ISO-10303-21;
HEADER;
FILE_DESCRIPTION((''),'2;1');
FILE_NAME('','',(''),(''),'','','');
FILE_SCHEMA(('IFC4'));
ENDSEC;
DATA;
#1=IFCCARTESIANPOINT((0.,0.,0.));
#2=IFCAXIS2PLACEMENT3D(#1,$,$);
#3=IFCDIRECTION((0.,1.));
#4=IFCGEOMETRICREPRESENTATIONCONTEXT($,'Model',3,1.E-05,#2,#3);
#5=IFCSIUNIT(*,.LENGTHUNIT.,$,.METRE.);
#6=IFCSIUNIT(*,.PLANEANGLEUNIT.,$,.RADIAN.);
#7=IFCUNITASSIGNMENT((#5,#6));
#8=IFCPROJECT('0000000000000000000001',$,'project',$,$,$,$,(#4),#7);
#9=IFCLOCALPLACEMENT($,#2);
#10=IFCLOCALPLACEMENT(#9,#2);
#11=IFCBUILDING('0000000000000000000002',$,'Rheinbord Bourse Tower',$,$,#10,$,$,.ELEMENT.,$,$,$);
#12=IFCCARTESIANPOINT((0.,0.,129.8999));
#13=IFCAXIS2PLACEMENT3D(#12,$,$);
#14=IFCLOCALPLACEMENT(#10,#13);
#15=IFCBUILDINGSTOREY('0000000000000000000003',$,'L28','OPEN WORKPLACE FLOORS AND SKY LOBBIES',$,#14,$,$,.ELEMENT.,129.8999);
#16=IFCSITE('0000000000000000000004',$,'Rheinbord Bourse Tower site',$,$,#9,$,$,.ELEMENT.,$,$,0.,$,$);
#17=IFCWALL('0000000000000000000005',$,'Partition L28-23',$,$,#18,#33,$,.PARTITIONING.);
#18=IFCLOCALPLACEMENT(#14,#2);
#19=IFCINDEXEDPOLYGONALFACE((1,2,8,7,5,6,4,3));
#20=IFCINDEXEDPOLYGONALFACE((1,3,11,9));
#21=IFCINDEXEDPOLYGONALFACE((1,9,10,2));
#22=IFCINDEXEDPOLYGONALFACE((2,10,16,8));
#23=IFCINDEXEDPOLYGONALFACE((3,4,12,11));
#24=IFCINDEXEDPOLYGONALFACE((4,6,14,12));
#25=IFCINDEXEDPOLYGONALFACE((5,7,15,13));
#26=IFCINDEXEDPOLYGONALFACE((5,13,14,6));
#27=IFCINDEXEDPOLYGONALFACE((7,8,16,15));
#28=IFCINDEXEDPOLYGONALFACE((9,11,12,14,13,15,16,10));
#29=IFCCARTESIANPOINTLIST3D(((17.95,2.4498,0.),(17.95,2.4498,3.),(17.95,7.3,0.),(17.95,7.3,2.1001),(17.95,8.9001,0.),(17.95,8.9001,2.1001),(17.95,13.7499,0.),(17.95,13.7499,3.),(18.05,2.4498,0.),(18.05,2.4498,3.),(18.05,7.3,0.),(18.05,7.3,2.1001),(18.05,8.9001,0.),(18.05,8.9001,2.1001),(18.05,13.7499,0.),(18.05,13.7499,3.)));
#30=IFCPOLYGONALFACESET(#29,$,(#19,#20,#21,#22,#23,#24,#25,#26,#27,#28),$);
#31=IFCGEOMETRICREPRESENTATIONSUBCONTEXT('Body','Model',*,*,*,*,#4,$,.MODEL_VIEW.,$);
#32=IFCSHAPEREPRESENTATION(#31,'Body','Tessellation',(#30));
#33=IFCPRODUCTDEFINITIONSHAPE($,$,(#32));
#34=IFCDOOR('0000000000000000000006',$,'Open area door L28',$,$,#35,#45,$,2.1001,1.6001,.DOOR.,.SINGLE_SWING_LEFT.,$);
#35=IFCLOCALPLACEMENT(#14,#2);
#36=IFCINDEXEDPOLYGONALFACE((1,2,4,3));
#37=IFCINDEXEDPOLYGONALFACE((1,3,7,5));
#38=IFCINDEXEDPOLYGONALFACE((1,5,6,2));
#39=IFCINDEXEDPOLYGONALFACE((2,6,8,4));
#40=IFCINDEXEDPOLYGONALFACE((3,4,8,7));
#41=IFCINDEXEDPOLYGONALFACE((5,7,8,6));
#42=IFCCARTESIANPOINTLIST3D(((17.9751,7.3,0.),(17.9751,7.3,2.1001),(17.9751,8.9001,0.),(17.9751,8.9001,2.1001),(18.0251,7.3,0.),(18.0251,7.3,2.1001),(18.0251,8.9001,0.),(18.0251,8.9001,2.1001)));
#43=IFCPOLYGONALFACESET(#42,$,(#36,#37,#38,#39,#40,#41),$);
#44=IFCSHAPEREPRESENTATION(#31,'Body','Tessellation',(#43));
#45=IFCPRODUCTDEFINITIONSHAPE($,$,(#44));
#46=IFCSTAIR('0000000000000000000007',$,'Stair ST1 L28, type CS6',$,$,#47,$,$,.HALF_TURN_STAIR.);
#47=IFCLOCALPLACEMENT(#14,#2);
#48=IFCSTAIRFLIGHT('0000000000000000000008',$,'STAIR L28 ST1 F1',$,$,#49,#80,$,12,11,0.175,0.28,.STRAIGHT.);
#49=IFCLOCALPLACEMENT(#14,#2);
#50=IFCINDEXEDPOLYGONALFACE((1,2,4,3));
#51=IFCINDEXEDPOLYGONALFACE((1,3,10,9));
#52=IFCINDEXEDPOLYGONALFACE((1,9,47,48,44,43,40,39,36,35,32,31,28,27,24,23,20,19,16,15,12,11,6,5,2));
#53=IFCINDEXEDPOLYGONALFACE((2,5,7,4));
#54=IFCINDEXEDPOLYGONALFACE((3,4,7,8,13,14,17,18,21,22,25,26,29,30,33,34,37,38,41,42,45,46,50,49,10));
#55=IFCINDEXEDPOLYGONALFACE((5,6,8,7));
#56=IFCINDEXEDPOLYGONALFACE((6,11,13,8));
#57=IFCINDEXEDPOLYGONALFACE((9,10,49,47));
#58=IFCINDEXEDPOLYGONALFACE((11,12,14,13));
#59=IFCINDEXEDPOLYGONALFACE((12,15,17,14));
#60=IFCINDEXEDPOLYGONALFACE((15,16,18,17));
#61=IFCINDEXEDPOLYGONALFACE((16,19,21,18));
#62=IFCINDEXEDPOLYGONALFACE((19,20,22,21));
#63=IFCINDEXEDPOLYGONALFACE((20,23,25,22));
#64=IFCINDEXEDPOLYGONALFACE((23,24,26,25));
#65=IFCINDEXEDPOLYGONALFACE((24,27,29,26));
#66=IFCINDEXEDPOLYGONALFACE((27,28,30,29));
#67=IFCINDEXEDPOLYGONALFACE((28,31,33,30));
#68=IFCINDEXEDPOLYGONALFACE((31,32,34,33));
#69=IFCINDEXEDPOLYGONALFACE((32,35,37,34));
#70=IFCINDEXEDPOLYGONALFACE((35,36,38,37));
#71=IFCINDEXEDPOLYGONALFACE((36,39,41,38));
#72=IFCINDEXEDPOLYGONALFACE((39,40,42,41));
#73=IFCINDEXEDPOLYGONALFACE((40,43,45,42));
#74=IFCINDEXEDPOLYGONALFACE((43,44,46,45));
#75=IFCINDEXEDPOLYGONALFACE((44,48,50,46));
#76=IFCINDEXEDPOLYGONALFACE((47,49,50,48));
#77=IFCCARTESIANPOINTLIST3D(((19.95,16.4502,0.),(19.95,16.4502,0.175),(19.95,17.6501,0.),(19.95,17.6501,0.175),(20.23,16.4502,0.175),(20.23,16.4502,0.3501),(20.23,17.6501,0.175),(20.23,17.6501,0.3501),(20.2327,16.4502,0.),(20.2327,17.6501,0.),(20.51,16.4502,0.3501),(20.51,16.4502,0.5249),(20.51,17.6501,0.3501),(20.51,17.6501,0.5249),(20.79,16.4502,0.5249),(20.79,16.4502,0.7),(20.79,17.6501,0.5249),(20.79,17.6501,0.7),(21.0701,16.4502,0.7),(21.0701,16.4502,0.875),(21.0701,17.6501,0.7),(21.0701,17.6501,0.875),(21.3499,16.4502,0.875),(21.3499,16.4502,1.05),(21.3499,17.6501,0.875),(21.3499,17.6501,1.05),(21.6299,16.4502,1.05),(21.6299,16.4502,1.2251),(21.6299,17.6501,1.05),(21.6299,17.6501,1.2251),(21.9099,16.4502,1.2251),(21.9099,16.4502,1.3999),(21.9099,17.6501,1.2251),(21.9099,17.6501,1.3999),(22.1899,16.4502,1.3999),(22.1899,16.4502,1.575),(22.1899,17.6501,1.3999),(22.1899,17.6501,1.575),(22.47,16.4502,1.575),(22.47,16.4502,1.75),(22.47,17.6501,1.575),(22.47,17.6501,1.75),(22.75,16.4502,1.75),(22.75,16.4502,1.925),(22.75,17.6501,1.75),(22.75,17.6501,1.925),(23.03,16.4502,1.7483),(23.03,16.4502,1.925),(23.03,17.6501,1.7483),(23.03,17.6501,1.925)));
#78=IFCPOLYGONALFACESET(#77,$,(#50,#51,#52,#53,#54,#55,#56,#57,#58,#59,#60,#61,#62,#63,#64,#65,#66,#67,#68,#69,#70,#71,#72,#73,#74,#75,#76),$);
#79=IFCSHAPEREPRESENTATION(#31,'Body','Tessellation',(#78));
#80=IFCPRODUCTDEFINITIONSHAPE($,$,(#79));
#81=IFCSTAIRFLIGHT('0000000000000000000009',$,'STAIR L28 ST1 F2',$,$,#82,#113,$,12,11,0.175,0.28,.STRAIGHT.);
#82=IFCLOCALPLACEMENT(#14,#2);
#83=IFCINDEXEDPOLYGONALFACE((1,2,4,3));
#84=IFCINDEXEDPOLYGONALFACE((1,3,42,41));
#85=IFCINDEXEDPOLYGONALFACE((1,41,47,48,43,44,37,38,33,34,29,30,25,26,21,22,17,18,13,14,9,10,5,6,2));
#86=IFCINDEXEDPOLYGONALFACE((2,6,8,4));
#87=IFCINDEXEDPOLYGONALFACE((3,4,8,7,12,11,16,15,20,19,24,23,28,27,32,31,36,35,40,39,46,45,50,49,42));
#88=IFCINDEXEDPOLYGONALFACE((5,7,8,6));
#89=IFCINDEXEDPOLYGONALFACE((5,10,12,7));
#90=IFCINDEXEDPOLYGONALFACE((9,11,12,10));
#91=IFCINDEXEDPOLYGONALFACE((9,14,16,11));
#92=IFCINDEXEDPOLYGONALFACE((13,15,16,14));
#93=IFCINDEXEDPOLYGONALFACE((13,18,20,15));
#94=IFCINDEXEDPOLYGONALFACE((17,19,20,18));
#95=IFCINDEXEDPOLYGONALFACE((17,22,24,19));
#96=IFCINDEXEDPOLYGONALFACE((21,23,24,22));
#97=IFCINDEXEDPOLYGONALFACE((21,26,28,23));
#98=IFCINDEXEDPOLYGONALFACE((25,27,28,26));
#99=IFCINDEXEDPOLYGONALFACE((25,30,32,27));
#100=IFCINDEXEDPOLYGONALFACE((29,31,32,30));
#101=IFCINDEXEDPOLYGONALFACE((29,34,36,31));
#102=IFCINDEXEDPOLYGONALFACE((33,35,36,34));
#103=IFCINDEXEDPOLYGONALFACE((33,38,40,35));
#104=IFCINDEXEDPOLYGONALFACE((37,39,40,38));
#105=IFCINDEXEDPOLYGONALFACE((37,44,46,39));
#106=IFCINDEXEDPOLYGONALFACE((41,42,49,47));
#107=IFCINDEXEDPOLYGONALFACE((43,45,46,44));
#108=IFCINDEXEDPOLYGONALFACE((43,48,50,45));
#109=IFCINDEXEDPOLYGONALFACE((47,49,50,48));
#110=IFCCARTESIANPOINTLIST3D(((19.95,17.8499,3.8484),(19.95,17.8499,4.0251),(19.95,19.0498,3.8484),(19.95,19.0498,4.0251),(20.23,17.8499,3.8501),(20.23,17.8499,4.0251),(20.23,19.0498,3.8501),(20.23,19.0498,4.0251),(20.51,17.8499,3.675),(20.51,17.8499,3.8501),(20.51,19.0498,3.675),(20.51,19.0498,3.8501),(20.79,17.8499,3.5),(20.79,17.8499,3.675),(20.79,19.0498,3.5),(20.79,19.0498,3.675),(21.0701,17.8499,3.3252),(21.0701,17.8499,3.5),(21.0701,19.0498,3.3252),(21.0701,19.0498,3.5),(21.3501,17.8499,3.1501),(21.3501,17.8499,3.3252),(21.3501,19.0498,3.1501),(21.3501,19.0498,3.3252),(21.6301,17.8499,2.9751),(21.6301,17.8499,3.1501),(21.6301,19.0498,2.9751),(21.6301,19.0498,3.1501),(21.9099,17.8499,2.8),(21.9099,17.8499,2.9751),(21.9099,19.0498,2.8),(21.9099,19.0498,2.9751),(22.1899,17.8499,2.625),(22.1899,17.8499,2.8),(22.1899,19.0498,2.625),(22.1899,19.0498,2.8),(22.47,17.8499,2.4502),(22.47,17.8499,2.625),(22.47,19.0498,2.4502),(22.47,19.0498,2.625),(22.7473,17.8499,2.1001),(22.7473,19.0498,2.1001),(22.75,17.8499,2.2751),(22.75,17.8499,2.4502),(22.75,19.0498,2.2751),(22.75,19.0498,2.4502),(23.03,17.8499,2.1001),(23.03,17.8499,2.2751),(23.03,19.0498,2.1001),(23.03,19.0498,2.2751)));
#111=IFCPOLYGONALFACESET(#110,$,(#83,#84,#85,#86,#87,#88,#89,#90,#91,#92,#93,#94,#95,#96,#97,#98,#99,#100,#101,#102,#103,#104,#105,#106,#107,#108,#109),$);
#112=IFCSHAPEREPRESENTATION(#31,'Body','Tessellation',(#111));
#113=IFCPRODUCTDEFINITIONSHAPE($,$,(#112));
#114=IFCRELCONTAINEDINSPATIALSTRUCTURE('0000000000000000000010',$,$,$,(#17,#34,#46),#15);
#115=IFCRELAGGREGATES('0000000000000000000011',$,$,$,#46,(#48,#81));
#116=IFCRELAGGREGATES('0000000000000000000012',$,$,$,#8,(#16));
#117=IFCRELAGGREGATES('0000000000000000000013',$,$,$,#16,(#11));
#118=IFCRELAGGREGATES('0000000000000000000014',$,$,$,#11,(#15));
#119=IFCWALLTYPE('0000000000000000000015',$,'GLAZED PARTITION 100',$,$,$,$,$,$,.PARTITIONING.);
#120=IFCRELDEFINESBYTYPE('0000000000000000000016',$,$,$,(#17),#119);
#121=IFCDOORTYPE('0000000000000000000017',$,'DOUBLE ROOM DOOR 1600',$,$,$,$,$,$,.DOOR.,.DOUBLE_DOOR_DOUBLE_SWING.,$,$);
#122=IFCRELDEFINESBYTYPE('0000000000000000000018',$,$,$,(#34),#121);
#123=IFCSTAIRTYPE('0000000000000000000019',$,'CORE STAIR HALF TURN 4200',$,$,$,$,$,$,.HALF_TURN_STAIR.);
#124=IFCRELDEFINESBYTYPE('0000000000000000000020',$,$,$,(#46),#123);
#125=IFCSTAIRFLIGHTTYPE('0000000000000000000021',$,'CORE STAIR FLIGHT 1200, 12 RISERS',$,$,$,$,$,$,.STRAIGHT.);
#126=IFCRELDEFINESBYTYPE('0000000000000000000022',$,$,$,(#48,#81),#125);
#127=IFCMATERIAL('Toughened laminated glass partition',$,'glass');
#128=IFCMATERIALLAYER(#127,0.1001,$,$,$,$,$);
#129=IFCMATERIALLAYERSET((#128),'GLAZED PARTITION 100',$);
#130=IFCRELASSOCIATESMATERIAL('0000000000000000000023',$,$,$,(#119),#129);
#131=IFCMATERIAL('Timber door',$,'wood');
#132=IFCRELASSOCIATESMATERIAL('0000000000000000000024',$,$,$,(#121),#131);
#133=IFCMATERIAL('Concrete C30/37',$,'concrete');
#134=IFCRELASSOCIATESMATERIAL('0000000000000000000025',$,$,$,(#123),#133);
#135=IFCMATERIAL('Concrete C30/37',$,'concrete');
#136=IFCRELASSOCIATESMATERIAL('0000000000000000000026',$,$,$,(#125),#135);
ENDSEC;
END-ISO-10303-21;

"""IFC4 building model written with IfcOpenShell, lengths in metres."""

from ifc_helpers import new_model, si_unit, direction, frame, frame_2d, origin, place, context, subcontext, project, spatial, polyline, rectangle, outline, extrude, material, layer, layer_set, type_object, element, fill, aggregate, save


model = new_model("IFC4")

# Units and contexts
model_context = context("Model", 3, precision=1e-05, world=origin(), true_north=direction((0.0, 1.0)))
body_context = subcontext(model_context, "Body", "Model", "MODEL_VIEW")
ifc_project = project(units=[si_unit("LENGTHUNIT", "METRE"), si_unit("PLANEANGLEUNIT", "RADIAN")], contexts=[model_context])

# Site, building, storey
site_placement = place(None, origin())
site = spatial("IfcSite", under=ifc_project, at=site_placement, Name="Rheinbord Bourse Tower site", CompositionType="ELEMENT", RefElevation=0.0)
building_placement = place(site_placement, origin())
building = spatial("IfcBuilding", under=site, at=building_placement, Name="Rheinbord Bourse Tower", CompositionType="ELEMENT")
storey_placement = place(building_placement, frame((0.0, 0.0, 129.8999)))
storey = spatial("IfcBuildingStorey", under=building, at=storey_placement, Name="L28", Description="OPEN WORKPLACE FLOORS AND SKY LOBBIES", CompositionType="ELEMENT", Elevation=129.8999)

# Wall, opening, door
ifc_material_1 = material(Name="Toughened laminated glass partition", Category="glass")
ifc_layer_1 = layer(ifc_material_1, 0.1001)
ifc_layer_set_1 = layer_set([ifc_layer_1], Name="GLAZED PARTITION 100")
wall_type_1 = type_object("IfcWallType", Name="GLAZED PARTITION 100", PredefinedType="PARTITIONING", material=ifc_layer_set_1)
wall_1_placement = place(storey_placement, frame((18.0, 2.45, 0.0), z_axis=(0.0, 0.0, 1.0), x_axis=(0.0, 1.0, 0.0)))
wall_1 = element("IfcWall", 1, at=wall_1_placement, inside=storey, type_object=wall_type_1, Name="Partition L28-23", PredefinedType="PARTITIONING", context=body_context, shape_type="SweptSolid", body=[
    extrude(rectangle(XDim=11.3, YDim=0.1001, at=frame_2d((5.6499, 0.0))), origin(), (0.0, 0.0, 1.0), 3.0),
])
opening_1_placement = place(wall_1_placement, frame((4.8501, 0.0, 0.0)))
opening_1 = element("IfcOpeningElement", 2, at=opening_1_placement, cuts=wall_1, PredefinedType="OPENING", context=body_context, shape_type="SweptSolid", body=[
    extrude(rectangle(XDim=1.6001, YDim=2.1001, at=frame_2d((0.8, 1.05))), frame((0.0, 0.0601, 0.0), z_axis=(0.0, -1.0, 0.0), x_axis=(1.0, 0.0, 0.0)), (0.0, 0.0, 1.0), 0.1201),
])
ifc_material_2 = material(Name="Timber door", Category="wood")
door_type_1 = type_object("IfcDoorType", Name="DOUBLE ROOM DOOR 1600", OperationType="DOUBLE_DOOR_DOUBLE_SWING", PredefinedType="DOOR", material=ifc_material_2)
door_1_placement = place(opening_1_placement, origin())
door_1 = element("IfcDoor", 3, at=door_1_placement, inside=storey, type_object=door_type_1, Name="Open area door L28", OperationType="SINGLE_SWING_LEFT", OverallHeight=2.1001, OverallWidth=1.6001, PredefinedType="DOOR", context=body_context, shape_type="SweptSolid", body=[
    extrude(rectangle(XDim=1.6001, YDim=2.1001, at=frame_2d((0.8, 1.05))), frame((0.0, 0.0249, 0.0), z_axis=(0.0, -1.0, 0.0), x_axis=(1.0, 0.0, 0.0)), (0.0, 0.0, 1.0), 0.05),
])
fill(opening_1, door_1)

# Stair, stair flights
ifc_material_3 = material(Name="Concrete C30/37", Category="concrete")
stair_type = type_object("IfcStairType", Name="CORE STAIR HALF TURN 4200", PredefinedType="HALF_TURN_STAIR", material=ifc_material_3)
stair_placement = place(storey_placement, origin())
stair = element("IfcStair", 4, at=stair_placement, inside=storey, type_object=stair_type, Name="Stair ST1 L28, type CS6", PredefinedType="HALF_TURN_STAIR")
ifc_material_4 = material(Name="Concrete C30/37", Category="concrete")
stair_flight_type = type_object("IfcStairFlightType", Name="CORE STAIR FLIGHT 1200, 12 RISERS", PredefinedType="STRAIGHT", material=ifc_material_4)
stair_flight_1_placement = place(storey_placement, frame((19.95, 17.05, 0.0), z_axis=(0.0, 0.0, 1.0), x_axis=(1.0, 0.0, 0.0)))
stair_flight_1 = element("IfcStairFlight", 5, at=stair_flight_1_placement, type_object=stair_flight_type, Name="STAIR L28 ST1 F1", NumberOfRisers=12, NumberOfTreads=11, PredefinedType="STRAIGHT", RiserHeight=0.175, TreadLength=0.28, context=body_context, shape_type="SweptSolid", body=[
    extrude(outline(polyline([(0.0, 0.0), (0.0, 0.175), (0.28, 0.175), (0.28, 0.3501), (0.5601, 0.3501), (0.5601, 0.5249), (0.8401, 0.5249), (0.8401, 0.7), (1.1201, 0.7), (1.1201, 0.875), (1.3999, 0.875), (1.3999, 1.05), (1.6799, 1.05), (1.6799, 1.2251), (1.96, 1.2251), (1.96, 1.3999), (2.24, 1.3999), (2.24, 1.575), (2.52, 1.575), (2.52, 1.75), (2.8, 1.75), (2.8, 1.925), (3.0801, 1.925), (3.0801, 2.1001), (3.0801, 1.7483), (0.2827, 0.0), (0.0, 0.0)])), frame((0.0, 0.6001, 0.0), z_axis=(0.0, -1.0, 0.0), x_axis=(1.0, 0.0, 0.0)), (0.0, 0.0, 1.0), 1.2),
])
stair_flight_2_placement = place(storey_placement, frame((23.03, 18.45, 2.1001), z_axis=(0.0, 0.0, 1.0), x_axis=(-1.0, 0.0, 0.0)))
stair_flight_2 = element("IfcStairFlight", 6, at=stair_flight_2_placement, type_object=stair_flight_type, Name="STAIR L28 ST1 F2", NumberOfRisers=12, NumberOfTreads=11, PredefinedType="STRAIGHT", RiserHeight=0.175, TreadLength=0.28, context=body_context, shape_type="SweptSolid", body=[
    extrude(outline(polyline([(0.0, 0.0), (0.0, 0.175), (0.28, 0.175), (0.28, 0.3501), (0.5601, 0.3501), (0.5601, 0.5249), (0.8401, 0.5249), (0.8401, 0.7), (1.1201, 0.7), (1.1201, 0.875), (1.3999, 0.875), (1.3999, 1.05), (1.6799, 1.05), (1.6799, 1.2251), (1.96, 1.2251), (1.96, 1.3999), (2.24, 1.3999), (2.24, 1.575), (2.52, 1.575), (2.52, 1.75), (2.8, 1.75), (2.8, 1.925), (3.0801, 1.925), (3.0801, 2.1001), (3.0801, 1.7483), (0.2827, 0.0), (0.0, 0.0)])), frame((0.0, 0.6001, 0.0), z_axis=(0.0, -1.0, 0.0), x_axis=(1.0, 0.0, 0.0)), (0.0, 0.0, 1.0), 1.2),
])
aggregate(stair, [stair_flight_1, stair_flight_2])

save(model, "model.ifc")
